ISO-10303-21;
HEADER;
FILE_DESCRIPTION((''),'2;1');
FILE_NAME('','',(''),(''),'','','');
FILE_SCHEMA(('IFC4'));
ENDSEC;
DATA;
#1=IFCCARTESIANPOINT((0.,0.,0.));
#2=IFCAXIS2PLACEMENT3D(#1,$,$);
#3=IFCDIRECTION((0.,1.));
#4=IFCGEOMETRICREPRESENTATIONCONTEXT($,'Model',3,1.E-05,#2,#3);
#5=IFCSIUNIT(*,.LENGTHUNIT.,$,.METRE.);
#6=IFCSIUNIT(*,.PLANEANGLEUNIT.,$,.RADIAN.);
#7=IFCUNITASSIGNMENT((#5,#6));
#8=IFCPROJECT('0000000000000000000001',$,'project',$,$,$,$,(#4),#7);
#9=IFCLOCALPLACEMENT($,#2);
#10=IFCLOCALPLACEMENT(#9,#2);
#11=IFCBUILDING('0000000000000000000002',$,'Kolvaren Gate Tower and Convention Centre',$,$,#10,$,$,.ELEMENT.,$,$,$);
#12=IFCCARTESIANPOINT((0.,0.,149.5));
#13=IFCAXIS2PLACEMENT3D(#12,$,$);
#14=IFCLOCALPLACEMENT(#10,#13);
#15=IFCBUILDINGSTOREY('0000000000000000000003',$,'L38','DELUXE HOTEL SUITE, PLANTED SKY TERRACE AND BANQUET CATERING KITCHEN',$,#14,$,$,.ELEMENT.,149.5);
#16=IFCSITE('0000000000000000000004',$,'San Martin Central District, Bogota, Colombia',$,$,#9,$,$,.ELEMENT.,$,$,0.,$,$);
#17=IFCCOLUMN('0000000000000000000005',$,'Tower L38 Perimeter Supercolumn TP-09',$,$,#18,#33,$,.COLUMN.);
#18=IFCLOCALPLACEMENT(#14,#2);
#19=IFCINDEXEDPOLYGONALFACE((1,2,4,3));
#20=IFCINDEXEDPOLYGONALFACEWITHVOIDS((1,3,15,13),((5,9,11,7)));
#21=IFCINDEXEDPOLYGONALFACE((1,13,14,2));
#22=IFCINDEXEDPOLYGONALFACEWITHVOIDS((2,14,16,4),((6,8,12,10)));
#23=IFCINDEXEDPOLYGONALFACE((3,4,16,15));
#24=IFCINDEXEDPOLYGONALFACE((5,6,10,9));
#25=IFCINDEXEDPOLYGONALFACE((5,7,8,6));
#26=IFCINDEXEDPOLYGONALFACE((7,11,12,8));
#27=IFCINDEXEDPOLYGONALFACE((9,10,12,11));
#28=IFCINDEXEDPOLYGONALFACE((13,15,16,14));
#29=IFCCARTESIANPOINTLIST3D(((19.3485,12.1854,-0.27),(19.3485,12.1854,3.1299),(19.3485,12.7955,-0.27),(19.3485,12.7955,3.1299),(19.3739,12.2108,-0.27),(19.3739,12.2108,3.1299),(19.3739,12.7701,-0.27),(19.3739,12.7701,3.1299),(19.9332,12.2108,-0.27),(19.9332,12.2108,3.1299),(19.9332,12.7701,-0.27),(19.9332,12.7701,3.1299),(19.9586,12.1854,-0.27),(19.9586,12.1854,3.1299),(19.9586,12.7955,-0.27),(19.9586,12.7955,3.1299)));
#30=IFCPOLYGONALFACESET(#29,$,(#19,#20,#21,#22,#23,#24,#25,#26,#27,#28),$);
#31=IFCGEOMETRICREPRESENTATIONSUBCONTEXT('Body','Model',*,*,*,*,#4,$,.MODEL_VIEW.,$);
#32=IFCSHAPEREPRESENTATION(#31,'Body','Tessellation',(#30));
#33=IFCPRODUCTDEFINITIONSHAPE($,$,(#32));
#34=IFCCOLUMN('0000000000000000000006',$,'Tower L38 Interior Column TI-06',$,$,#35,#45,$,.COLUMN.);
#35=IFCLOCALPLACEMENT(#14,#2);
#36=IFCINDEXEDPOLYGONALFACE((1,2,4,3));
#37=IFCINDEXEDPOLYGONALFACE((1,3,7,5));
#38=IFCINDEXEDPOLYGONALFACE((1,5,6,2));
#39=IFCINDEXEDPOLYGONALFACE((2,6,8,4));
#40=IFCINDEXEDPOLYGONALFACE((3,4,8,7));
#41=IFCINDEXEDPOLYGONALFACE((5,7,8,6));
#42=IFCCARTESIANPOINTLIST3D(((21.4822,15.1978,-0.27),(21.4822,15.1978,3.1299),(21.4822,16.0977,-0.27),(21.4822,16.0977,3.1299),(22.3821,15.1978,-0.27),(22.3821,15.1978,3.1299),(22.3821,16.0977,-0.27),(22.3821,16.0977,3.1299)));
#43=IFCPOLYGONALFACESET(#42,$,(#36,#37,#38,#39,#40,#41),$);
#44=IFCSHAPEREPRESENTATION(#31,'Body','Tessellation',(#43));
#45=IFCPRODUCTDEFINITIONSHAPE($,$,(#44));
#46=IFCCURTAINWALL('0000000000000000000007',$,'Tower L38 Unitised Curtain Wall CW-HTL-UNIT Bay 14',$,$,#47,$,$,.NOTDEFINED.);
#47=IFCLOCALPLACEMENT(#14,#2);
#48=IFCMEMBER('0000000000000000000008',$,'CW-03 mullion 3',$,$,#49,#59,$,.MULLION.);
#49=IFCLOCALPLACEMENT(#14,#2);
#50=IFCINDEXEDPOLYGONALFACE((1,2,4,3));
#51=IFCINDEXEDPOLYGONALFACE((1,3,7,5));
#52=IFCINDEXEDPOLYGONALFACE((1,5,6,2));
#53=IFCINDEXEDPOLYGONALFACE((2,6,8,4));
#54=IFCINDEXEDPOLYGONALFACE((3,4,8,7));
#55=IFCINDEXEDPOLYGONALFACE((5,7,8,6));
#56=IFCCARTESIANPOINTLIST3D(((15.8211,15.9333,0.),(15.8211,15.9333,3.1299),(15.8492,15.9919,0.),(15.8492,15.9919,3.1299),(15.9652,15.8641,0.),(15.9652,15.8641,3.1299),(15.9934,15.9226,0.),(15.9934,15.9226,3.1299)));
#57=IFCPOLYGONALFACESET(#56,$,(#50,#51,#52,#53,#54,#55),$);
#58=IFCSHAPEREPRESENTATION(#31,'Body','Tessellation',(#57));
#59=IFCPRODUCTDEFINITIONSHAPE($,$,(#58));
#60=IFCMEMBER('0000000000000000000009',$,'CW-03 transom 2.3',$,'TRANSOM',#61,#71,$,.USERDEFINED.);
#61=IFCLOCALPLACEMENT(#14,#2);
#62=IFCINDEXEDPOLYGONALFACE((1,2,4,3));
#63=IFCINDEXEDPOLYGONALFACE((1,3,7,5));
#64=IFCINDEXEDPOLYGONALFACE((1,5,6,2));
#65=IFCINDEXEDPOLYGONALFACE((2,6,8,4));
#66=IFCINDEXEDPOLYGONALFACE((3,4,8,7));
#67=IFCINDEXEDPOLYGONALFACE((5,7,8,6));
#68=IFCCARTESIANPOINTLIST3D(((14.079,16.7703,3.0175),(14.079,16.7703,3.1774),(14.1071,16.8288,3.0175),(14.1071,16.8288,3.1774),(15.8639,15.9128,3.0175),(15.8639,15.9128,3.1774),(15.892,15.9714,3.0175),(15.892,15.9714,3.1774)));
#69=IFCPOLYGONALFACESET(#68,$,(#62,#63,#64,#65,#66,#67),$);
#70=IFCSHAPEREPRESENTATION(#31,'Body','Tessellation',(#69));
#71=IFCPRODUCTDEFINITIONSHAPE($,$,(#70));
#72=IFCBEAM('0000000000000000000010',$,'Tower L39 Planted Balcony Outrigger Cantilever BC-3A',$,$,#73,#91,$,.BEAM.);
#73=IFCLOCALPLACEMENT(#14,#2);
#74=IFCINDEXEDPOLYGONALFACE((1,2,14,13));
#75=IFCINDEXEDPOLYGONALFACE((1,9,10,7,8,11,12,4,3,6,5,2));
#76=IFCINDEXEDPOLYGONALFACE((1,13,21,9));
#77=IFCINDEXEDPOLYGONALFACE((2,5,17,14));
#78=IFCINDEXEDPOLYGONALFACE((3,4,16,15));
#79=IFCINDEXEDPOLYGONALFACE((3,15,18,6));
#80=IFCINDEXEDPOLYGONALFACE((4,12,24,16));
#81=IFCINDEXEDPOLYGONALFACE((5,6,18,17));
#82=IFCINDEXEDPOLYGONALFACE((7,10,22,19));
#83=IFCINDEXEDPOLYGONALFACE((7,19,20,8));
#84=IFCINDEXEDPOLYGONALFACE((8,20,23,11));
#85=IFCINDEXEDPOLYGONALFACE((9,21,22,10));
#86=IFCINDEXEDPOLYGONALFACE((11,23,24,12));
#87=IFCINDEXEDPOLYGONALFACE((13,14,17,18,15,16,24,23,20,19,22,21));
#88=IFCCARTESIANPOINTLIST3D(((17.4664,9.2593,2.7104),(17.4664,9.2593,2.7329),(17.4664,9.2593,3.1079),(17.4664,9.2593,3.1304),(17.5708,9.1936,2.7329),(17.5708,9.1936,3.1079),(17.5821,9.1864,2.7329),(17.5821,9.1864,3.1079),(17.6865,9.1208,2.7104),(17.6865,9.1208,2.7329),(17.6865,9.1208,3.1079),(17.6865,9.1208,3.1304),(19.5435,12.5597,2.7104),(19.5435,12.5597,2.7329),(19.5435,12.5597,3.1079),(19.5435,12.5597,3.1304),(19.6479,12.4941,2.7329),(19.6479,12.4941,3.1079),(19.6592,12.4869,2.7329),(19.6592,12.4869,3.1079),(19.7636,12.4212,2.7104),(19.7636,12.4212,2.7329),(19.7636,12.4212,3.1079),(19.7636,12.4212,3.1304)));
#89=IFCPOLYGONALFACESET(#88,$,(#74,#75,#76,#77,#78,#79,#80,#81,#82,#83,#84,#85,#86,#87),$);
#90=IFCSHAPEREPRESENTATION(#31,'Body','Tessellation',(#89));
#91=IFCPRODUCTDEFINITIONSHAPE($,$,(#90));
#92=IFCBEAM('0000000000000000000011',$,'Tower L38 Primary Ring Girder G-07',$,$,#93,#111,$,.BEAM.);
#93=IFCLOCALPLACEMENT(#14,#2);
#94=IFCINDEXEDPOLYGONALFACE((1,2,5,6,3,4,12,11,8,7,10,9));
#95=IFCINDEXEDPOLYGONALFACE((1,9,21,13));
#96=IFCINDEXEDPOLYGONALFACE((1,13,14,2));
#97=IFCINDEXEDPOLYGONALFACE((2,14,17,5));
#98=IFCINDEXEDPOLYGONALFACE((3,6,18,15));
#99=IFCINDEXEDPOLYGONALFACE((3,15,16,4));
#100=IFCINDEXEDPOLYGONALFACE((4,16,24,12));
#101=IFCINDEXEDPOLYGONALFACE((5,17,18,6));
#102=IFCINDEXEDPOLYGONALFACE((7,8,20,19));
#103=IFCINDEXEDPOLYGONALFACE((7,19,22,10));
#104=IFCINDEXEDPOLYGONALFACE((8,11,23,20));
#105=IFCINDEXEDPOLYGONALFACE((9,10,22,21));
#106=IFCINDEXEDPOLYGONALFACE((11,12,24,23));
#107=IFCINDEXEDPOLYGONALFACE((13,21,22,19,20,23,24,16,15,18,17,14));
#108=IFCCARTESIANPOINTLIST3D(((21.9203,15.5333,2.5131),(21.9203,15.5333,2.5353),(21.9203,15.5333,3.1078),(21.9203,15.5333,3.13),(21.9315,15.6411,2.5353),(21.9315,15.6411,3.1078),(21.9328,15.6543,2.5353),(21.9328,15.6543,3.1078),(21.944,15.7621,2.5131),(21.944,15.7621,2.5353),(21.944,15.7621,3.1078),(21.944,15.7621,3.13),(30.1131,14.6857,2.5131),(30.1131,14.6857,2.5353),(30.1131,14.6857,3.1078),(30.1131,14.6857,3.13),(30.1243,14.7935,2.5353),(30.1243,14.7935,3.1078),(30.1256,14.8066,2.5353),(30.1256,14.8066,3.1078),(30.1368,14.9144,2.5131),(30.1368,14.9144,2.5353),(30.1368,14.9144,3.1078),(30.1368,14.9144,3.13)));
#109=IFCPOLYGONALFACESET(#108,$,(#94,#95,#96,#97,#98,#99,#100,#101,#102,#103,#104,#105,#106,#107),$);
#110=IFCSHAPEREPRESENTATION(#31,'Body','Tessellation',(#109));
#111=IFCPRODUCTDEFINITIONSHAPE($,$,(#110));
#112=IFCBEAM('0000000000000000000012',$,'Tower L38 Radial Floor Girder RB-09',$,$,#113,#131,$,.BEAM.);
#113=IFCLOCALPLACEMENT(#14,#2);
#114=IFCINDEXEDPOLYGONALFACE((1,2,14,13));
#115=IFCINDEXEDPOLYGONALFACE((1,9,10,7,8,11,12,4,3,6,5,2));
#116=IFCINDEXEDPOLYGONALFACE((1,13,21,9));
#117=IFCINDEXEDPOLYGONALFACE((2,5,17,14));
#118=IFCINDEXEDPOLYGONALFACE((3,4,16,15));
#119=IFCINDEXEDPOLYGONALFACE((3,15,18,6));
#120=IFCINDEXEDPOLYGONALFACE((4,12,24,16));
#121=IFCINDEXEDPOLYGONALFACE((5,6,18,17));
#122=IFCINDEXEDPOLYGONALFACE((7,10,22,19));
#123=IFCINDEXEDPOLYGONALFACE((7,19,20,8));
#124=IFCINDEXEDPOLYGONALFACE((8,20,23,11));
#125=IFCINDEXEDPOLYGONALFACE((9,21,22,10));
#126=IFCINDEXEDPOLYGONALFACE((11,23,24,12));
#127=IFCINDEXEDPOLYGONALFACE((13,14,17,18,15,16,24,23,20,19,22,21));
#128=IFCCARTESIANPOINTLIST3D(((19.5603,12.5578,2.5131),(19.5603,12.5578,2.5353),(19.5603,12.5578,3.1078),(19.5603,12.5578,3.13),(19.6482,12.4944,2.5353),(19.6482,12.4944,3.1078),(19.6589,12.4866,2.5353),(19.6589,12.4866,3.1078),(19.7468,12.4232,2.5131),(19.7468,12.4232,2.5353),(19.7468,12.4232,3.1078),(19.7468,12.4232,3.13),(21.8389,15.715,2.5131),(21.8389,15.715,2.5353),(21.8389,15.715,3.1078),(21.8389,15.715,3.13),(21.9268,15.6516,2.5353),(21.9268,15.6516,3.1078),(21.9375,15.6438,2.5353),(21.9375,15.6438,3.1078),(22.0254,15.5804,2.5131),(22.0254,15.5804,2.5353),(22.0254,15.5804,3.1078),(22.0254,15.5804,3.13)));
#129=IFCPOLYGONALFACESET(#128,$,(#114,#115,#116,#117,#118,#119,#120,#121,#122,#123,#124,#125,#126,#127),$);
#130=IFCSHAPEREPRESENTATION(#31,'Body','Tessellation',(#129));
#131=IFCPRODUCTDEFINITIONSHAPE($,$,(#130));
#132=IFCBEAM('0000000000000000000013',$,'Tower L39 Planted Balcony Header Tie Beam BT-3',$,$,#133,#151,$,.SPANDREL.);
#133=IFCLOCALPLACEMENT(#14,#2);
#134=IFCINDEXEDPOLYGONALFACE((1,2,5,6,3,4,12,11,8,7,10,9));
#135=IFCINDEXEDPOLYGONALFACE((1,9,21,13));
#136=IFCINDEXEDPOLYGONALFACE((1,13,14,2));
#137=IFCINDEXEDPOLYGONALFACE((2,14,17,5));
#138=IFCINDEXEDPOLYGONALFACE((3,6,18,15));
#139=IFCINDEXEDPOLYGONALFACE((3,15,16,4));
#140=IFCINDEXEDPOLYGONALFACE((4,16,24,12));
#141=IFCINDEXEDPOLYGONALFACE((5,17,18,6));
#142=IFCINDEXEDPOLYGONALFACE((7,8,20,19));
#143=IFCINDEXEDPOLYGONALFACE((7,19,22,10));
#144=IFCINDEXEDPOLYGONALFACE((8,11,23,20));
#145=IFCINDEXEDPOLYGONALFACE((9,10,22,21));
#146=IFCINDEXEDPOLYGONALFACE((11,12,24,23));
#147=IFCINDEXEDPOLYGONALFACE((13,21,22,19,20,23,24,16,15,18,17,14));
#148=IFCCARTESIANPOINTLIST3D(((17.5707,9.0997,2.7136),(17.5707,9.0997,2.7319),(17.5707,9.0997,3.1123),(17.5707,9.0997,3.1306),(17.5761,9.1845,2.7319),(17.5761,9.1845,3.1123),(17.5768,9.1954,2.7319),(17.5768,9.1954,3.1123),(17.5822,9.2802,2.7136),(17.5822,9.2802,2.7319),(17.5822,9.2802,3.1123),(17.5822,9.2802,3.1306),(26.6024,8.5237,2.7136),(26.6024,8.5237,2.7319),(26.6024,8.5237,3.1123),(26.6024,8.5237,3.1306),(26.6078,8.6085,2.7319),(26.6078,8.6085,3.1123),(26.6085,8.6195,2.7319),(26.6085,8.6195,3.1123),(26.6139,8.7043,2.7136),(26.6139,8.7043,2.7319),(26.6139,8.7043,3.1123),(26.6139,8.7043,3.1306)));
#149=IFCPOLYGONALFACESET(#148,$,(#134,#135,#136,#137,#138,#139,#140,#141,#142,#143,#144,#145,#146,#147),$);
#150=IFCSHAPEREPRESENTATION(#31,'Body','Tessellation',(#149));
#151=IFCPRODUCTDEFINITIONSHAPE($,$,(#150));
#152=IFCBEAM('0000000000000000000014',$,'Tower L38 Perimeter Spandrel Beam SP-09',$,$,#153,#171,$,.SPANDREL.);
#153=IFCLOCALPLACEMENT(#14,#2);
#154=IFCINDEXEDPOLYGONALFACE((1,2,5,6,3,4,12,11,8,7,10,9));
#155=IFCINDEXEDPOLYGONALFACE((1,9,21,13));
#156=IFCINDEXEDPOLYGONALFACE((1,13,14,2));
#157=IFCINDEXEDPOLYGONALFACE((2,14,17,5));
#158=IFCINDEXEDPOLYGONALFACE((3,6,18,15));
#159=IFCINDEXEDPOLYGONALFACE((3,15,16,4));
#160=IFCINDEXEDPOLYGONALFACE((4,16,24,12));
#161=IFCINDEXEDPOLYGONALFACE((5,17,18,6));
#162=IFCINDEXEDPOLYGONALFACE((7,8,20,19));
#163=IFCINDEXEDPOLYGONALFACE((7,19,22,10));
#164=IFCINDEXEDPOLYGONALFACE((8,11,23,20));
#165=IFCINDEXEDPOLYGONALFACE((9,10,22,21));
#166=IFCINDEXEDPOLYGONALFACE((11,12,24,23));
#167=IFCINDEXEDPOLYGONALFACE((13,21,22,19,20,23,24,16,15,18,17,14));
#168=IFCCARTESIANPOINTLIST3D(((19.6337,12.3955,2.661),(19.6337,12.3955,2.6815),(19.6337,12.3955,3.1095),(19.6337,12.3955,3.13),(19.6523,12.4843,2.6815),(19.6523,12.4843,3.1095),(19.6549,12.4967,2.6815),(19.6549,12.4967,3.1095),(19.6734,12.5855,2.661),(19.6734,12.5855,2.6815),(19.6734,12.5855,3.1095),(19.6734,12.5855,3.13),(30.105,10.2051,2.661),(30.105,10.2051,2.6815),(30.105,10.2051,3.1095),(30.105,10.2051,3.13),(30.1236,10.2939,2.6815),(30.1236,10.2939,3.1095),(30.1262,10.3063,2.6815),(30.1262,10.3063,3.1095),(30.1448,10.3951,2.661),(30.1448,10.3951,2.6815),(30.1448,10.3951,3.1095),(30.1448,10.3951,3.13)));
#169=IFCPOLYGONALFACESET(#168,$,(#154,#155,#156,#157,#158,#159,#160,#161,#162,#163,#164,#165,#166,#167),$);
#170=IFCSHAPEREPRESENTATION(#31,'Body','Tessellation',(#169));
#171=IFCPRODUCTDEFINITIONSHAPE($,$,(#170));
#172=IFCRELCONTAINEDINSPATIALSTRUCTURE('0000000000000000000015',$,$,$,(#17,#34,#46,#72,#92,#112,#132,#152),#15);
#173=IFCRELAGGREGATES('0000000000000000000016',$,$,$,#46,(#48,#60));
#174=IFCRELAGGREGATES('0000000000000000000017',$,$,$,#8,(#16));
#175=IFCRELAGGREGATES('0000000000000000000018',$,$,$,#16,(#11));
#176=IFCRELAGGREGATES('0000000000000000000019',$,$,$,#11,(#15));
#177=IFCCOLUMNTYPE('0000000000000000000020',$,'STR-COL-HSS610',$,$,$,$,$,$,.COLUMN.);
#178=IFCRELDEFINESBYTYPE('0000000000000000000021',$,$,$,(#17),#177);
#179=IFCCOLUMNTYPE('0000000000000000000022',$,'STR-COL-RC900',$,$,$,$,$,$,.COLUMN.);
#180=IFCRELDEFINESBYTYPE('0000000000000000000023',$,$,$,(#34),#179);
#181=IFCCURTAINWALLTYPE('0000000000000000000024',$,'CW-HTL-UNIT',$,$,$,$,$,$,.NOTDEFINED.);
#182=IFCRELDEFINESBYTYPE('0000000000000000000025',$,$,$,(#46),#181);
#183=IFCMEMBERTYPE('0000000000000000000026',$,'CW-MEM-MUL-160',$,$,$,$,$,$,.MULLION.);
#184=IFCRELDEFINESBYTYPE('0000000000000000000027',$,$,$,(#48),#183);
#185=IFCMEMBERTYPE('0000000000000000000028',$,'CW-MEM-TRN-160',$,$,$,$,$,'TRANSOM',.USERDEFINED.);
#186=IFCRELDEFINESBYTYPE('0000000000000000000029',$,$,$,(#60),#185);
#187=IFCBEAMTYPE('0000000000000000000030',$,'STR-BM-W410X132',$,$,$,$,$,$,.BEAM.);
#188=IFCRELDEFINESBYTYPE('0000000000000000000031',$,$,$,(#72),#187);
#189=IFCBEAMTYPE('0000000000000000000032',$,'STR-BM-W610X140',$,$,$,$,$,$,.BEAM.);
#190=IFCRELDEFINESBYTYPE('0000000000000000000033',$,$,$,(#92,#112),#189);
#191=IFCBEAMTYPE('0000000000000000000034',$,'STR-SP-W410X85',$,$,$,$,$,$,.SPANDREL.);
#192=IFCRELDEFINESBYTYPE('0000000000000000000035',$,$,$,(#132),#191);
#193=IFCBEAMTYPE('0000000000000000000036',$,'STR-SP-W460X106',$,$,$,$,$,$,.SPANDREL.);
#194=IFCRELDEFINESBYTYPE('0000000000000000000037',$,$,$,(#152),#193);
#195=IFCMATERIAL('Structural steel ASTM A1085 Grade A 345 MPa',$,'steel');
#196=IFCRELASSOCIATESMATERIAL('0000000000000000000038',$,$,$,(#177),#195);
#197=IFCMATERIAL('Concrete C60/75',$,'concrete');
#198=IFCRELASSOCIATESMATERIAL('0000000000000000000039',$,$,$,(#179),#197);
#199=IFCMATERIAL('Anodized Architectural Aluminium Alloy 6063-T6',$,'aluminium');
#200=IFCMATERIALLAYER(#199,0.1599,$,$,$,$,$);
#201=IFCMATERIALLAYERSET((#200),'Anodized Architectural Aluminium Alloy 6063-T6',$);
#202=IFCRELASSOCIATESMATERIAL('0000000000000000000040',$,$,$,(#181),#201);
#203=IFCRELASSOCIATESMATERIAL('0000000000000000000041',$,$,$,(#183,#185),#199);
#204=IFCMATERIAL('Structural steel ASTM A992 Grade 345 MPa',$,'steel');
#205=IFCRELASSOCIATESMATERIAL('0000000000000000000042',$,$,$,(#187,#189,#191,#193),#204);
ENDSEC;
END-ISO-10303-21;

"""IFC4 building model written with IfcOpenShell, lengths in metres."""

from ifc_helpers import new_model, si_unit, direction, frame, origin, origin_2d, place, context, subcontext, project, spatial, rectangle, hollow_rectangle, i_section, extrude, material, layer, layer_set, material_profile, profile_set, type_object, element, aggregate, save


model = new_model("IFC4")

# Units and contexts
model_context = context("Model", 3, precision=1e-05, world=origin(), true_north=direction((0.0, 1.0)))
body_context = subcontext(model_context, "Body", "Model", "MODEL_VIEW")
ifc_project = project(units=[si_unit("LENGTHUNIT", "METRE"), si_unit("PLANEANGLEUNIT", "RADIAN")], contexts=[model_context])

# Site, building, storey
site_placement = place(None, origin())
site = spatial("IfcSite", under=ifc_project, at=site_placement, Name="San Martin Central District, Bogota, Colombia", CompositionType="ELEMENT", RefElevation=0.0)
building_placement = place(site_placement, origin())
building = spatial("IfcBuilding", under=site, at=building_placement, Name="Kolvaren Gate Tower and Convention Centre", CompositionType="ELEMENT")
storey_placement = place(building_placement, frame((0.0, 0.0, 149.5)))
storey = spatial("IfcBuildingStorey", under=building, at=storey_placement, Name="L38", Description="DELUXE HOTEL SUITE, PLANTED SKY TERRACE AND BANQUET CATERING KITCHEN", CompositionType="ELEMENT", Elevation=149.5)

# Columns
ifc_material_1 = material(Name="Structural steel ASTM A1085 Grade A 345 MPa", Category="steel")
ifc_material_profile_1 = material_profile(ifc_material_1, hollow_rectangle(XDim=0.6101, YDim=0.6101, WallThickness=0.0254, at=origin_2d()), Name="HSS610X610X25.4")
ifc_profile_set_1 = profile_set([ifc_material_profile_1], Name="Structural steel ASTM A1085 Grade A 345 MPa")
column_type_1 = type_object("IfcColumnType", Name="STR-COL-HSS610", PredefinedType="COLUMN", material=ifc_profile_set_1)
column_1_placement = place(storey_placement, frame((19.6536, 12.4905, -0.27), z_axis=(0.0, 0.0, 1.0), x_axis=(1.0, 0.0, 0.0)))
element("IfcColumn", 1, at=column_1_placement, inside=storey, type_object=column_type_1, Name="Tower L38 Perimeter Supercolumn TP-09", PredefinedType="COLUMN", context=body_context, shape_type="SweptSolid", body=[
    extrude(hollow_rectangle(XDim=0.6101, YDim=0.6101, WallThickness=0.0254, at=origin_2d()), origin(), (0.0, 0.0, 1.0), 3.3999),
])
ifc_material_2 = material(Name="Concrete C60/75", Category="concrete")
ifc_material_profile_2 = material_profile(ifc_material_2, rectangle(XDim=0.8999, YDim=0.8999, at=origin_2d()), Name="RC-COL-900X900")
ifc_profile_set_2 = profile_set([ifc_material_profile_2], Name="Concrete C60/75")
column_type_2 = type_object("IfcColumnType", Name="STR-COL-RC900", PredefinedType="COLUMN", material=ifc_profile_set_2)
column_2_placement = place(storey_placement, frame((21.9321, 15.6477, -0.27), z_axis=(0.0, 0.0, 1.0), x_axis=(1.0, 0.0, 0.0)))
element("IfcColumn", 2, at=column_2_placement, inside=storey, type_object=column_type_2, Name="Tower L38 Interior Column TI-06", PredefinedType="COLUMN", context=body_context, shape_type="SweptSolid", body=[
    extrude(rectangle(XDim=0.8999, YDim=0.8999, at=origin_2d()), origin(), (0.0, 0.0, 1.0), 3.3999),
])

# Curtain wall, members
ifc_material_3 = material(Name="Anodized Architectural Aluminium Alloy 6063-T6", Category="aluminium")
ifc_layer_1 = layer(ifc_material_3, 0.1599)
ifc_layer_set_1 = layer_set([ifc_layer_1], Name="Anodized Architectural Aluminium Alloy 6063-T6")
curtain_wall_type = type_object("IfcCurtainWallType", Name="CW-HTL-UNIT", PredefinedType="NOTDEFINED", material=ifc_layer_set_1)
curtain_wall_placement = place(storey_placement, origin())
curtain_wall = element("IfcCurtainWall", 3, at=curtain_wall_placement, inside=storey, type_object=curtain_wall_type, Name="Tower L38 Unitised Curtain Wall CW-HTL-UNIT Bay 14", PredefinedType="NOTDEFINED")
ifc_material_profile_3 = material_profile(ifc_material_3, rectangle(XDim=0.0649, YDim=0.1599, at=origin_2d()), Name="CW-MEM-MUL-160")
ifc_profile_set_3 = profile_set([ifc_material_profile_3], Name="Anodized Architectural Aluminium Alloy 6063-T6")
member_type_1 = type_object("IfcMemberType", Name="CW-MEM-MUL-160", PredefinedType="MULLION", material=ifc_profile_set_3)
member_1_placement = place(storey_placement, frame((15.9072, 15.928, 0.0), z_axis=(0.0, 0.0, 1.0), x_axis=(0.433065, 0.901363, 0.0)))
member_1 = element("IfcMember", 4, at=member_1_placement, type_object=member_type_1, Name="CW-03 mullion 3", PredefinedType="MULLION", context=body_context, shape_type="SweptSolid", body=[
    extrude(rectangle(XDim=0.0649, YDim=0.1599, at=origin_2d()), origin(), (0.0, 0.0, 1.0), 3.1299),
])
ifc_material_profile_4 = material_profile(ifc_material_3, rectangle(XDim=0.0649, YDim=0.1599, at=origin_2d()), Name="CW-MEM-TRN-160")
ifc_profile_set_4 = profile_set([ifc_material_profile_4], Name="Anodized Architectural Aluminium Alloy 6063-T6")
member_type_2 = type_object("IfcMemberType", Name="CW-MEM-TRN-160", ElementType="TRANSOM", PredefinedType="USERDEFINED", material=ifc_profile_set_4)
member_2_placement = place(storey_placement, frame((14.093, 16.7996, 3.0974), z_axis=(0.901392, -0.433004, 0.0), x_axis=(0.433004, 0.901392, 0.0)))
member_2 = element("IfcMember", 5, at=member_2_placement, type_object=member_type_2, Name="CW-03 transom 2.3", ObjectType="TRANSOM", PredefinedType="USERDEFINED", context=body_context, shape_type="SweptSolid", body=[
    extrude(rectangle(XDim=0.0649, YDim=0.1599, at=origin_2d()), origin(), (0.0, 0.0, 1.0), 1.9802),
])

# Beams
ifc_material_4 = material(Name="Structural steel ASTM A992 Grade 345 MPa", Category="steel")
ifc_material_profile_5 = material_profile(ifc_material_4, i_section(OverallWidth=0.26, OverallDepth=0.4199, WebThickness=0.0134, FlangeThickness=0.0225, at=origin_2d()), Name="W410X132")
ifc_profile_set_5 = profile_set([ifc_material_profile_5], Name="Structural steel ASTM A992 Grade 345 MPa")
beam_type_1 = type_object("IfcBeamType", Name="STR-BM-W410X132", PredefinedType="BEAM", material=ifc_profile_set_5)
beam_1_placement = place(storey_placement, frame((19.6536, 12.4905, 2.9204), z_axis=(-0.532636, -0.846345, 0.0), x_axis=(0.846345, -0.532636, 0.0)))
element("IfcBeam", 6, at=beam_1_placement, inside=storey, type_object=beam_type_1, Name="Tower L39 Planted Balcony Outrigger Cantilever BC-3A", PredefinedType="BEAM", context=body_context, shape_type="SweptSolid", body=[
    extrude(i_section(OverallWidth=0.26, OverallDepth=0.4199, WebThickness=0.0134, FlangeThickness=0.0225, at=origin_2d()), origin(), (0.0, 0.0, 1.0), 3.8997),
])
ifc_material_profile_6 = material_profile(ifc_material_4, i_section(OverallWidth=0.23, OverallDepth=0.6169, WebThickness=0.0132, FlangeThickness=0.0222, at=origin_2d()), Name="W610X140")
ifc_profile_set_6 = profile_set([ifc_material_profile_6], Name="Structural steel ASTM A992 Grade 345 MPa")
beam_type_2 = type_object("IfcBeamType", Name="STR-BM-W610X140", PredefinedType="BEAM", material=ifc_profile_set_6)
beam_2_placement = place(storey_placement, frame((21.9321, 15.6477, 2.8215), z_axis=(0.99469, -0.102913, 0.0), x_axis=(0.102913, 0.99469, 0.0)))
element("IfcBeam", 7, at=beam_2_placement, inside=storey, type_object=beam_type_2, Name="Tower L38 Primary Ring Girder G-07", PredefinedType="BEAM", context=body_context, shape_type="SweptSolid", body=[
    extrude(i_section(OverallWidth=0.23, OverallDepth=0.6169, WebThickness=0.0132, FlangeThickness=0.0222, at=origin_2d()), origin(), (0.0, 0.0, 1.0), 8.2366),
])
beam_3_placement = place(storey_placement, frame((21.9321, 15.6477, 2.8215), z_axis=(-0.585211, -0.810881, 0.0), x_axis=(0.810881, -0.585211, 0.0)))
element("IfcBeam", 8, at=beam_3_placement, inside=storey, type_object=beam_type_2, Name="Tower L38 Radial Floor Girder RB-09", PredefinedType="BEAM", context=body_context, shape_type="SweptSolid", body=[
    extrude(i_section(OverallWidth=0.23, OverallDepth=0.6169, WebThickness=0.0132, FlangeThickness=0.0222, at=origin_2d()), origin(), (0.0, 0.0, 1.0), 3.8936),
])
ifc_material_profile_7 = material_profile(ifc_material_4, i_section(OverallWidth=0.1809, OverallDepth=0.417, WebThickness=0.011, FlangeThickness=0.0183, at=origin_2d()), Name="W410X85")
ifc_profile_set_7 = profile_set([ifc_material_profile_7], Name="Structural steel ASTM A992 Grade 345 MPa")
beam_type_3 = type_object("IfcBeamType", Name="STR-SP-W410X85", PredefinedType="SPANDREL", material=ifc_profile_set_7)
beam_4_placement = place(storey_placement, frame((17.5764, 9.1899, 2.9221), z_axis=(0.997973, -0.063638, 0.0), x_axis=(0.063638, 0.997973, 0.0)))
element("IfcBeam", 9, at=beam_4_placement, inside=storey, type_object=beam_type_3, Name="Tower L39 Planted Balcony Header Tie Beam BT-3", PredefinedType="SPANDREL", context=body_context, shape_type="SweptSolid", body=[
    extrude(i_section(OverallWidth=0.1809, OverallDepth=0.417, WebThickness=0.011, FlangeThickness=0.0183, at=origin_2d()), origin(), (0.0, 0.0, 1.0), 9.05),
])
ifc_material_profile_8 = material_profile(ifc_material_4, i_section(OverallWidth=0.1941, OverallDepth=0.469, WebThickness=0.0127, FlangeThickness=0.0205, at=origin_2d()), Name="W460X106")
ifc_profile_set_8 = profile_set([ifc_material_profile_8], Name="Structural steel ASTM A992 Grade 345 MPa")
beam_type_4 = type_object("IfcBeamType", Name="STR-SP-W460X106", PredefinedType="SPANDREL", material=ifc_profile_set_8)
beam_5_placement = place(storey_placement, frame((19.6536, 12.4905, 2.8955), z_axis=(0.978814, -0.20475, 0.0), x_axis=(0.20475, 0.978814, 0.0)))
element("IfcBeam", 10, at=beam_5_placement, inside=storey, type_object=beam_type_4, Name="Tower L38 Perimeter Spandrel Beam SP-09", PredefinedType="SPANDREL", context=body_context, shape_type="SweptSolid", body=[
    extrude(i_section(OverallWidth=0.1941, OverallDepth=0.469, WebThickness=0.0127, FlangeThickness=0.0205, at=origin_2d()), origin(), (0.0, 0.0, 1.0), 10.698),
])

aggregate(curtain_wall, [member_1, member_2])

save(model, "model.ifc")
